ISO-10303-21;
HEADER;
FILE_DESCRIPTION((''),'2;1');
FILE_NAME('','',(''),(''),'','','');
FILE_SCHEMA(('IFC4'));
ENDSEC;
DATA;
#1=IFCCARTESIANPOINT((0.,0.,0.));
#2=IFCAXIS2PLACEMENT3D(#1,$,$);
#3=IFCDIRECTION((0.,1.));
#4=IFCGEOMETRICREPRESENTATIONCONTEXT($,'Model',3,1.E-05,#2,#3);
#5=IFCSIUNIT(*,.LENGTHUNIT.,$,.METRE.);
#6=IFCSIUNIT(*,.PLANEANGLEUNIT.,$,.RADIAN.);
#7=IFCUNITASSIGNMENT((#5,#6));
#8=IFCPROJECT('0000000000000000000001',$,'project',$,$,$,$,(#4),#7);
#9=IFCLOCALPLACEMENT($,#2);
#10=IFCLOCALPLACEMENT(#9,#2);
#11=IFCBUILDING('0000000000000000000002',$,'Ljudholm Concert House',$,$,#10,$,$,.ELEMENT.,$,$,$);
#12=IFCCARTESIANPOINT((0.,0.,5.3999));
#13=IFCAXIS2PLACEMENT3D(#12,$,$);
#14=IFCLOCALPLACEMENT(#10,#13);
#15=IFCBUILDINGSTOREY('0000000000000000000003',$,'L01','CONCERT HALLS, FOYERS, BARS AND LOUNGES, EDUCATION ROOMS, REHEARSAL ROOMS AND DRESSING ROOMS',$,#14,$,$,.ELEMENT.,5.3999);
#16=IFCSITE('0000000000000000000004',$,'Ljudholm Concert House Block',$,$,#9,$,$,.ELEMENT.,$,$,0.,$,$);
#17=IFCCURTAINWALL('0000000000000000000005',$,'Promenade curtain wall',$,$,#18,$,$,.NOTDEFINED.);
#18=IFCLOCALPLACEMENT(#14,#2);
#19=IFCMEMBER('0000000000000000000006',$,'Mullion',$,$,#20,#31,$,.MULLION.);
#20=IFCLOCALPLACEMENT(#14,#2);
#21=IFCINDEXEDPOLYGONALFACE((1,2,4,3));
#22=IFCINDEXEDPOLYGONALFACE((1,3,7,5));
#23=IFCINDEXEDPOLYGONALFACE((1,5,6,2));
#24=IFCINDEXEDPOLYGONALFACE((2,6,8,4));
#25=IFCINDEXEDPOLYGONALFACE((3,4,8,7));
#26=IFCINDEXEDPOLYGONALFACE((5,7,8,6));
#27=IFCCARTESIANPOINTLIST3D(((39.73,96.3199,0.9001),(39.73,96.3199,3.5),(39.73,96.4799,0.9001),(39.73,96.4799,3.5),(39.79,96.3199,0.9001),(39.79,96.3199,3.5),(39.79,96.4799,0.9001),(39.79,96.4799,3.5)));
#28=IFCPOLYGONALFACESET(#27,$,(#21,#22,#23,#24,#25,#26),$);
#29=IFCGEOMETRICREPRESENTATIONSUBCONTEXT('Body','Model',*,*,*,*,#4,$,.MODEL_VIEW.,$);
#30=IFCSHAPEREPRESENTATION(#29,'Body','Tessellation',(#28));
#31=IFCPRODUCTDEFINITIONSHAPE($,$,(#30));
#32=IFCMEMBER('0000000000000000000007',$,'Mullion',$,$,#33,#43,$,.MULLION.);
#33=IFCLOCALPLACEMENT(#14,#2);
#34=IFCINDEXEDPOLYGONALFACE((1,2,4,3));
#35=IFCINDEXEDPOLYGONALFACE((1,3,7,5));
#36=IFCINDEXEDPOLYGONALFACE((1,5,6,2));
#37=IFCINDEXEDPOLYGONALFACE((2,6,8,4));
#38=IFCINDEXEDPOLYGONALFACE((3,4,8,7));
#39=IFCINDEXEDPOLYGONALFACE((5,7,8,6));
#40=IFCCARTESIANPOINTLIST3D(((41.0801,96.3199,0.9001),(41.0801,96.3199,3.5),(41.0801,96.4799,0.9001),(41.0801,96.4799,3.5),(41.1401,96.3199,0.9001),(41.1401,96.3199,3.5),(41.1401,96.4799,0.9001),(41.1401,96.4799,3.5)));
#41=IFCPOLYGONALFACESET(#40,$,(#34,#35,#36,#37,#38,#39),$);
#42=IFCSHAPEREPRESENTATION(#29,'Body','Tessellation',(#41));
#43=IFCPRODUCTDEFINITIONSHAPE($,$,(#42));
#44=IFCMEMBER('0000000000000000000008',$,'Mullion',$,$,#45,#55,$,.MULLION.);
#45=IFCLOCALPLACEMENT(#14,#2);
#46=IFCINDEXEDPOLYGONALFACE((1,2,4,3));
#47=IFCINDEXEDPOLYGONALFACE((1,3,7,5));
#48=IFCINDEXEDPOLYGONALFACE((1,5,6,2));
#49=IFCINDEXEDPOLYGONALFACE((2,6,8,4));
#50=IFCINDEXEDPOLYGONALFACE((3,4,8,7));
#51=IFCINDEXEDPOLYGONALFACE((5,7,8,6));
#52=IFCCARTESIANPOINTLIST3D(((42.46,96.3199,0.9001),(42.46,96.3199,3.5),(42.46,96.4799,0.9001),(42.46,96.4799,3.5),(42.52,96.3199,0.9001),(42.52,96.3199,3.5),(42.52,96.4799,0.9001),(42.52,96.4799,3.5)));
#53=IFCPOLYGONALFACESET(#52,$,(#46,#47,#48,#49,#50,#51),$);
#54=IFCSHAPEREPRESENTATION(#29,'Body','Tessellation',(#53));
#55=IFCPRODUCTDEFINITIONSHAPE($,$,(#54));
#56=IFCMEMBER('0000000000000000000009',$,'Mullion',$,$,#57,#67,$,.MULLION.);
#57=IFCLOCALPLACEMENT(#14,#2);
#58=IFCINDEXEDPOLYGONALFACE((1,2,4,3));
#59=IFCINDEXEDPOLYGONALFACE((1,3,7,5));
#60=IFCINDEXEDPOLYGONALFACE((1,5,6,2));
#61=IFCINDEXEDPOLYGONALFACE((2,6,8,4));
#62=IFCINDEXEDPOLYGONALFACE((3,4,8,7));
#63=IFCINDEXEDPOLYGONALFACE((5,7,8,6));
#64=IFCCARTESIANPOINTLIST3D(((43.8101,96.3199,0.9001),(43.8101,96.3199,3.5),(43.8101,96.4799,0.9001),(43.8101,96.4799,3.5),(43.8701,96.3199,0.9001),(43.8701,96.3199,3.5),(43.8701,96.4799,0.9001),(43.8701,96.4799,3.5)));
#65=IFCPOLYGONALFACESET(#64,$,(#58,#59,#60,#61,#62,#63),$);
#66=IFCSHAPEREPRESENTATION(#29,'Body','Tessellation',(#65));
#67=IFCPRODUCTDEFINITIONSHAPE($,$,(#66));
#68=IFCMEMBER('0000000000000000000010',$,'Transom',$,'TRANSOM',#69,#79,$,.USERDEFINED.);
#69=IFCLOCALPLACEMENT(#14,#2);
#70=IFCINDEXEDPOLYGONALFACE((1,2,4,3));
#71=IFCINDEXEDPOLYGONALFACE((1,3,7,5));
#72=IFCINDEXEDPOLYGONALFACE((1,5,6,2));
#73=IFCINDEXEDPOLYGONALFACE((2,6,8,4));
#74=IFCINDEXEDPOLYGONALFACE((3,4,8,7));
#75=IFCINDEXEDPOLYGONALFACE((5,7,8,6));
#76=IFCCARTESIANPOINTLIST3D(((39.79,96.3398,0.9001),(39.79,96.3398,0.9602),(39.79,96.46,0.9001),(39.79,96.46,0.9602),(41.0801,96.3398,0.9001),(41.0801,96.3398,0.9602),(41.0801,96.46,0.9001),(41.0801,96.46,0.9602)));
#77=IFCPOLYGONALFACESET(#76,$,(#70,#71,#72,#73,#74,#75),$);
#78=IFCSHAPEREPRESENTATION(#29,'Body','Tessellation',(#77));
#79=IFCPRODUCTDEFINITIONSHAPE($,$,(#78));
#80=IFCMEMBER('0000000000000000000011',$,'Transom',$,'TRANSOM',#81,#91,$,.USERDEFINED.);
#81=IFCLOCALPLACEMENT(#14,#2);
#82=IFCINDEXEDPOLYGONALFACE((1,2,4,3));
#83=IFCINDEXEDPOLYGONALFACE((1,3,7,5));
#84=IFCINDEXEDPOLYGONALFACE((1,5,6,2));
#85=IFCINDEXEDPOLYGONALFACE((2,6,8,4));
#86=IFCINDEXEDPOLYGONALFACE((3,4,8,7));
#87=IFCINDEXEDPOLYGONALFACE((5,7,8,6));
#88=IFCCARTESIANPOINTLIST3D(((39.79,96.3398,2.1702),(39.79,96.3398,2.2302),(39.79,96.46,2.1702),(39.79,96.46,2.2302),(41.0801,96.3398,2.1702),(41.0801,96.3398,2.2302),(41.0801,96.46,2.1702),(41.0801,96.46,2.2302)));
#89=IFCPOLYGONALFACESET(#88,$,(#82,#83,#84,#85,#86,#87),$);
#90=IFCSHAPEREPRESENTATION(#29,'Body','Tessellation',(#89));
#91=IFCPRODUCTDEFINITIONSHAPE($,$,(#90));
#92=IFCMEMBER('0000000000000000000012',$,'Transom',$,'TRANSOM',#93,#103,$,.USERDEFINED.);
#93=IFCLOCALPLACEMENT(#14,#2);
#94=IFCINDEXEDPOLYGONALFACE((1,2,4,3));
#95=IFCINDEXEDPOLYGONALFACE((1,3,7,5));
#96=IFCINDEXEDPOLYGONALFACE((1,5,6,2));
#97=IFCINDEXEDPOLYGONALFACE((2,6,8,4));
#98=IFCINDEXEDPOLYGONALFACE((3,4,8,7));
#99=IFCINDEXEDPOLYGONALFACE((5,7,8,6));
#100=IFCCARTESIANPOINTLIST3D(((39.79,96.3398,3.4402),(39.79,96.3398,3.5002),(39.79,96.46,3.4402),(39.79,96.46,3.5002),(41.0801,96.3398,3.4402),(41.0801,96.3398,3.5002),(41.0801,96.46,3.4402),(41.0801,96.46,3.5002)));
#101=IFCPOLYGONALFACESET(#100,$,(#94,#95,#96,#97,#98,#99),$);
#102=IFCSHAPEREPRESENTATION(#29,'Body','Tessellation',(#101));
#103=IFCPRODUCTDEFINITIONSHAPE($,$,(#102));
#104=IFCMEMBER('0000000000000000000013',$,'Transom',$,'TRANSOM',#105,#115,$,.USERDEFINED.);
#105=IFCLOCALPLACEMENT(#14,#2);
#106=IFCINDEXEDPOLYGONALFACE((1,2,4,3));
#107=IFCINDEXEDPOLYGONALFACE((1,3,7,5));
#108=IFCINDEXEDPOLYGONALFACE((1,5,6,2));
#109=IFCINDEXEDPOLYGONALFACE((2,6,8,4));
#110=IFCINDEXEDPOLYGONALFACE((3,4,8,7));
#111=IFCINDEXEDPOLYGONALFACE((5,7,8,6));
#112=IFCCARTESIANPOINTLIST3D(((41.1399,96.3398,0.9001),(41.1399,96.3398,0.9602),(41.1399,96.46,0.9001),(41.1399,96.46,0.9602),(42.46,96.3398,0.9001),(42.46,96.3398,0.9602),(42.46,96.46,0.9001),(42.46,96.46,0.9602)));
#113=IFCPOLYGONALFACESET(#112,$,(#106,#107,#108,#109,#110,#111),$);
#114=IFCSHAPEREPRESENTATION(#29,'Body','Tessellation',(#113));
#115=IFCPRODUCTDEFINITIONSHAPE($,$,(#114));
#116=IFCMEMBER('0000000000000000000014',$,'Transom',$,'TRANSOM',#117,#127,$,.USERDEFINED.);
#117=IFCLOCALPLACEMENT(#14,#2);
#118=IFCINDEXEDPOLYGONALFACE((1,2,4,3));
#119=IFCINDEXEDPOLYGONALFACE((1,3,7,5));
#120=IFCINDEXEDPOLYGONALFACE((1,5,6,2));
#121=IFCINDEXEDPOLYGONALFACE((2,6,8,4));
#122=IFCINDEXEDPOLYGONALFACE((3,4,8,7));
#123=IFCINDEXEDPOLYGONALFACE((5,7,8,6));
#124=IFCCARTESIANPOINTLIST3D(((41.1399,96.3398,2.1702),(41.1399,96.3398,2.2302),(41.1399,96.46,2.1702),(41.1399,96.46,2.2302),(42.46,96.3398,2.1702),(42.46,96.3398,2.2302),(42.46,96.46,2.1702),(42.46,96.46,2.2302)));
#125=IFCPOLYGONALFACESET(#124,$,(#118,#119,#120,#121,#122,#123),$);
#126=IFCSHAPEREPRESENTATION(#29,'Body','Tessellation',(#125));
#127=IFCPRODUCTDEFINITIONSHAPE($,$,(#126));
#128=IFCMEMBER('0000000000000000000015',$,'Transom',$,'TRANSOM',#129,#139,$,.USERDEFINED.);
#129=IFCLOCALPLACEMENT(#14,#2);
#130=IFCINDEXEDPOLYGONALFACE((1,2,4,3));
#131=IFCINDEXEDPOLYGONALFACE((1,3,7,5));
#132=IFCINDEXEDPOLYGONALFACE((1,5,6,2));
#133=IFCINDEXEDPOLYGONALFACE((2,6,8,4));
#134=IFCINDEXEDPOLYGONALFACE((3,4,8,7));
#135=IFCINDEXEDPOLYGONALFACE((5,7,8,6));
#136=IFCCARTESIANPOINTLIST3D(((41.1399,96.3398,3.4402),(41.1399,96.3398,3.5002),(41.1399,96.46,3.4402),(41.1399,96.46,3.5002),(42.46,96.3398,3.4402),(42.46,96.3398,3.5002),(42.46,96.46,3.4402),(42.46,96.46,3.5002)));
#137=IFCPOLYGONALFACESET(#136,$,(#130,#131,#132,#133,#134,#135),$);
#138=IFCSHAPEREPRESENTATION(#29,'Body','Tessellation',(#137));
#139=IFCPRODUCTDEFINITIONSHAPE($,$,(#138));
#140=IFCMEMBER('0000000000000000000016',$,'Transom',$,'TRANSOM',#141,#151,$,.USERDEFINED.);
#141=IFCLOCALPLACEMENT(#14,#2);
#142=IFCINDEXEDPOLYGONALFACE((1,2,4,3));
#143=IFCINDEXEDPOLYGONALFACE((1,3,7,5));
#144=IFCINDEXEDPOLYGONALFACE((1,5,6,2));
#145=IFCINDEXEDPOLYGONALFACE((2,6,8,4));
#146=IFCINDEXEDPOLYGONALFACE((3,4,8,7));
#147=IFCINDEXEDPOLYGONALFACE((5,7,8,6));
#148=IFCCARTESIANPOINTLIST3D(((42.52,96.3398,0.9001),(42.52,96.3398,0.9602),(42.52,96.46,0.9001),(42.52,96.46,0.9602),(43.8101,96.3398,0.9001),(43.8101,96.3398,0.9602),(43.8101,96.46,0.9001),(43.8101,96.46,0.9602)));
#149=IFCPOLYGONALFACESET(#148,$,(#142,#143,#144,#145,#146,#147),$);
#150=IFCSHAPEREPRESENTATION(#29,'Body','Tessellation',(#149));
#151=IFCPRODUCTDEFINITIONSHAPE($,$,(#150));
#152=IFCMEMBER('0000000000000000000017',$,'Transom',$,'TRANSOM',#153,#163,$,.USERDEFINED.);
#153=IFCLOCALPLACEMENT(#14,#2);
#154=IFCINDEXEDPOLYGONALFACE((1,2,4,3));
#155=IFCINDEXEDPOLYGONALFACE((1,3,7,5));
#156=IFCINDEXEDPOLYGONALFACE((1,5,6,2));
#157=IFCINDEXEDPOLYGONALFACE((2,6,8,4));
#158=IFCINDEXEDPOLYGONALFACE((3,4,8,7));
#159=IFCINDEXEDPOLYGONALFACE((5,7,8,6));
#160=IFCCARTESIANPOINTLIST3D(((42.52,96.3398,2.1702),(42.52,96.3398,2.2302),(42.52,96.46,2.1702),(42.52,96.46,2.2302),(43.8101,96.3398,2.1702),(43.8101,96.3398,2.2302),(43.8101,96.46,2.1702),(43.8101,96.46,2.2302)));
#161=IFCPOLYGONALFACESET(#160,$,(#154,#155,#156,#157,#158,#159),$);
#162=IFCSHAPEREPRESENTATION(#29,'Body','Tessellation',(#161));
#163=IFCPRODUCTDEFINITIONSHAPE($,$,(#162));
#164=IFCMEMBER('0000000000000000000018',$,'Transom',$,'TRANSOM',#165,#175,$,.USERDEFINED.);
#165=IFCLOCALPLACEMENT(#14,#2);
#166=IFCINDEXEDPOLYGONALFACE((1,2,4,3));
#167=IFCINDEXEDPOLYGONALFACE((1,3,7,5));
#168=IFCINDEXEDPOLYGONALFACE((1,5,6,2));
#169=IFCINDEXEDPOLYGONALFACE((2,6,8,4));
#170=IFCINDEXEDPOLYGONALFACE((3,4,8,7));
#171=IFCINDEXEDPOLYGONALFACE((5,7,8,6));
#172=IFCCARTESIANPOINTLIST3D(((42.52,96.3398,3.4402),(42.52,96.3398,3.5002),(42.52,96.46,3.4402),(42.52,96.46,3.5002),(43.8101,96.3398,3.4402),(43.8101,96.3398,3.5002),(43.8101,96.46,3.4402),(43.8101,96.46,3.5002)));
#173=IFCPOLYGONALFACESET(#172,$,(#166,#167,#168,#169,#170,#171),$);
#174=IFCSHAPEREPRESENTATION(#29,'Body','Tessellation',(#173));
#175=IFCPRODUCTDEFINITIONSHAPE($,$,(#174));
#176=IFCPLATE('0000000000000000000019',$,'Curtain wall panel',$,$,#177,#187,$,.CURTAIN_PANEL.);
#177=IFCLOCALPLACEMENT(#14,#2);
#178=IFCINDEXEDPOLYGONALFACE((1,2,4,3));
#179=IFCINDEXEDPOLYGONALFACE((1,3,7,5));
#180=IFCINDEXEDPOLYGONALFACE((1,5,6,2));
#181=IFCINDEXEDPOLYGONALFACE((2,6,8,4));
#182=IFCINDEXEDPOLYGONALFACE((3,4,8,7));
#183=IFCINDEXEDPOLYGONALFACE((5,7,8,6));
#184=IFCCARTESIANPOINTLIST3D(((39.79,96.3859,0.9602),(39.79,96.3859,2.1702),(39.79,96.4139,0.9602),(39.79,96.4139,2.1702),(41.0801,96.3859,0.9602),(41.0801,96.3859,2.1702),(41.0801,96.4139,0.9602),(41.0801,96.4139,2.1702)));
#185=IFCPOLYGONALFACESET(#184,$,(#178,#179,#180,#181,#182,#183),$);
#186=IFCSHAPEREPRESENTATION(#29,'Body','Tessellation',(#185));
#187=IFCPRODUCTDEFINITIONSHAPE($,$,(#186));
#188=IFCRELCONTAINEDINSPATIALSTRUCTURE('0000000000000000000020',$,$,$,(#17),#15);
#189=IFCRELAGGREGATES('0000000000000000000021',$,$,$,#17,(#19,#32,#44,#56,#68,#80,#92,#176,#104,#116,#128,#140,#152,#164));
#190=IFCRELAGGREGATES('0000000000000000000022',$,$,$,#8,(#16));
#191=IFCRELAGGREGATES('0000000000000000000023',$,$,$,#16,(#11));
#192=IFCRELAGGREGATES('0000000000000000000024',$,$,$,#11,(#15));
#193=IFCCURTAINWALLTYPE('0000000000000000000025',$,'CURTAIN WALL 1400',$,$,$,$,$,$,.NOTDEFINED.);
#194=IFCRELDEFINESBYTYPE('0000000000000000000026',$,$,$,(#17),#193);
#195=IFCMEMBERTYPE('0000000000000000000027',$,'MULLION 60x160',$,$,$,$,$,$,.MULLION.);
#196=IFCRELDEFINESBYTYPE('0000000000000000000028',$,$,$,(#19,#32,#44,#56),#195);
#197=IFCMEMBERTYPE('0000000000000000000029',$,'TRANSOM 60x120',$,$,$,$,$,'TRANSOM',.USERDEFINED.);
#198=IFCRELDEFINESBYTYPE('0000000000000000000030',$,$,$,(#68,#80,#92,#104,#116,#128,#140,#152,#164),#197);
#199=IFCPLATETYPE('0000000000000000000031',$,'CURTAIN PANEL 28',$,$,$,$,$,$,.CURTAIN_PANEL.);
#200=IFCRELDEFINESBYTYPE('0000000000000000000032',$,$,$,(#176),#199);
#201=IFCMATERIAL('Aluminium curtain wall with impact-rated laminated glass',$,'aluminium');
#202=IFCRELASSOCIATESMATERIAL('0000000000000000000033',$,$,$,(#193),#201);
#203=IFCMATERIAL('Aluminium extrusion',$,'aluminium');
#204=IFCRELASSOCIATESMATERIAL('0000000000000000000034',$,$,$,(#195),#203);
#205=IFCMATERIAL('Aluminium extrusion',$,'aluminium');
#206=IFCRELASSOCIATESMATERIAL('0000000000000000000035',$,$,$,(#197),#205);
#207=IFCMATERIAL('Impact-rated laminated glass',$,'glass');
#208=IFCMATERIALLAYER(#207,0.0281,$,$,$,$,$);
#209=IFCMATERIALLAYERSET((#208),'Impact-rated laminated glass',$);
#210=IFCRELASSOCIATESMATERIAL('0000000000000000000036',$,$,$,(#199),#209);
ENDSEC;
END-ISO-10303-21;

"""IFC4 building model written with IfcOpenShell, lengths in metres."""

from ifc_helpers import new_model, si_unit, direction, frame, origin, origin_2d, place, context, subcontext, project, spatial, rectangle, extrude, material, layer, layer_set, material_profile, profile_set, type_object, element, aggregate, save


model = new_model("IFC4")

# Units and contexts
model_context = context("Model", 3, precision=1e-05, world=origin(), true_north=direction((0.0, 1.0)))
body_context = subcontext(model_context, "Body", "Model", "MODEL_VIEW")
ifc_project = project(units=[si_unit("LENGTHUNIT", "METRE"), si_unit("PLANEANGLEUNIT", "RADIAN")], contexts=[model_context])

# Site, building, storey
site_placement = place(None, origin())
site = spatial("IfcSite", under=ifc_project, at=site_placement, Name="Ljudholm Concert House Block", CompositionType="ELEMENT", RefElevation=0.0)
building_placement = place(site_placement, origin())
building = spatial("IfcBuilding", under=site, at=building_placement, Name="Ljudholm Concert House", CompositionType="ELEMENT")
storey_placement = place(building_placement, frame((0.0, 0.0, 5.3999)))
storey = spatial("IfcBuildingStorey", under=building, at=storey_placement, Name="L01", Description="CONCERT HALLS, FOYERS, BARS AND LOUNGES, EDUCATION ROOMS, REHEARSAL ROOMS AND DRESSING ROOMS", CompositionType="ELEMENT", Elevation=5.3999)

# Curtain wall, members, plate
ifc_material_1 = material(Name="Aluminium curtain wall with impact-rated laminated glass", Category="aluminium")
curtain_wall_type = type_object("IfcCurtainWallType", Name="CURTAIN WALL 1400", PredefinedType="NOTDEFINED", material=ifc_material_1)
curtain_wall_placement = place(storey_placement, origin())
curtain_wall = element("IfcCurtainWall", 1, at=curtain_wall_placement, inside=storey, type_object=curtain_wall_type, Name="Promenade curtain wall", PredefinedType="NOTDEFINED")
ifc_material_2 = material(Name="Aluminium extrusion", Category="aluminium")
ifc_material_profile_1 = material_profile(ifc_material_2, rectangle(XDim=0.1599, YDim=0.0601, at=origin_2d()), Name="MULLION 60x160")
ifc_profile_set_1 = profile_set([ifc_material_profile_1], Name="Aluminium extrusion")
member_type_1 = type_object("IfcMemberType", Name="MULLION 60x160", PredefinedType="MULLION", material=ifc_profile_set_1)
member_1_placement = place(storey_placement, frame((39.76, 96.3999, 0.9001), z_axis=(0.0, 0.0, 1.0), x_axis=(0.0, 1.0, 0.0)))
member_1 = element("IfcMember", 2, at=member_1_placement, type_object=member_type_1, Name="Mullion", PredefinedType="MULLION", context=body_context, shape_type="SweptSolid", body=[
    extrude(rectangle(XDim=0.1599, YDim=0.0601, at=origin_2d()), origin(), (0.0, 0.0, 1.0), 2.5999),
])
member_2_placement = place(storey_placement, frame((41.1101, 96.3999, 0.9001), z_axis=(0.0, 0.0, 1.0), x_axis=(0.0, 1.0, 0.0)))
member_2 = element("IfcMember", 3, at=member_2_placement, type_object=member_type_1, Name="Mullion", PredefinedType="MULLION", context=body_context, shape_type="SweptSolid", body=[
    extrude(rectangle(XDim=0.1599, YDim=0.0601, at=origin_2d()), origin(), (0.0, 0.0, 1.0), 2.5999),
])
member_3_placement = place(storey_placement, frame((42.49, 96.3999, 0.9001), z_axis=(0.0, 0.0, 1.0), x_axis=(0.0, 1.0, 0.0)))
member_3 = element("IfcMember", 4, at=member_3_placement, type_object=member_type_1, Name="Mullion", PredefinedType="MULLION", context=body_context, shape_type="SweptSolid", body=[
    extrude(rectangle(XDim=0.1599, YDim=0.0601, at=origin_2d()), origin(), (0.0, 0.0, 1.0), 2.5999),
])
member_4_placement = place(storey_placement, frame((43.8401, 96.3999, 0.9001), z_axis=(0.0, 0.0, 1.0), x_axis=(0.0, 1.0, 0.0)))
member_4 = element("IfcMember", 5, at=member_4_placement, type_object=member_type_1, Name="Mullion", PredefinedType="MULLION", context=body_context, shape_type="SweptSolid", body=[
    extrude(rectangle(XDim=0.1599, YDim=0.0601, at=origin_2d()), origin(), (0.0, 0.0, 1.0), 2.5999),
])
ifc_material_3 = material(Name="Aluminium extrusion", Category="aluminium")
ifc_material_profile_2 = material_profile(ifc_material_3, rectangle(XDim=0.1201, YDim=0.0601, at=origin_2d()), Name="TRANSOM 60x120")
ifc_profile_set_2 = profile_set([ifc_material_profile_2], Name="Aluminium extrusion")
member_type_2 = type_object("IfcMemberType", Name="TRANSOM 60x120", ElementType="TRANSOM", PredefinedType="USERDEFINED", material=ifc_profile_set_2)
member_5_placement = place(storey_placement, frame((39.79, 96.3999, 0.9302), z_axis=(1.0, 0.0, 0.0), x_axis=(0.0, 1.0, 0.0)))
member_5 = element("IfcMember", 6, at=member_5_placement, type_object=member_type_2, Name="Transom", ObjectType="TRANSOM", PredefinedType="USERDEFINED", context=body_context, shape_type="SweptSolid", body=[
    extrude(rectangle(XDim=0.1201, YDim=0.0601, at=origin_2d()), origin(), (0.0, 0.0, 1.0), 1.29),
])
member_6_placement = place(storey_placement, frame((39.79, 96.3999, 2.2002), z_axis=(1.0, 0.0, 0.0), x_axis=(0.0, 1.0, 0.0)))
member_6 = element("IfcMember", 7, at=member_6_placement, type_object=member_type_2, Name="Transom", ObjectType="TRANSOM", PredefinedType="USERDEFINED", context=body_context, shape_type="SweptSolid", body=[
    extrude(rectangle(XDim=0.1201, YDim=0.0601, at=origin_2d()), origin(), (0.0, 0.0, 1.0), 1.29),
])
member_7_placement = place(storey_placement, frame((39.79, 96.3999, 3.4702), z_axis=(1.0, 0.0, 0.0), x_axis=(0.0, 1.0, 0.0)))
member_7 = element("IfcMember", 8, at=member_7_placement, type_object=member_type_2, Name="Transom", ObjectType="TRANSOM", PredefinedType="USERDEFINED", context=body_context, shape_type="SweptSolid", body=[
    extrude(rectangle(XDim=0.1201, YDim=0.0601, at=origin_2d()), origin(), (0.0, 0.0, 1.0), 1.29),
])
member_8_placement = place(storey_placement, frame((41.1399, 96.3999, 0.9302), z_axis=(1.0, 0.0, 0.0), x_axis=(0.0, 1.0, 0.0)))
member_8 = element("IfcMember", 9, at=member_8_placement, type_object=member_type_2, Name="Transom", ObjectType="TRANSOM", PredefinedType="USERDEFINED", context=body_context, shape_type="SweptSolid", body=[
    extrude(rectangle(XDim=0.1201, YDim=0.0601, at=origin_2d()), origin(), (0.0, 0.0, 1.0), 1.3201),
])
member_9_placement = place(storey_placement, frame((41.1399, 96.3999, 2.2002), z_axis=(1.0, 0.0, 0.0), x_axis=(0.0, 1.0, 0.0)))
member_9 = element("IfcMember", 10, at=member_9_placement, type_object=member_type_2, Name="Transom", ObjectType="TRANSOM", PredefinedType="USERDEFINED", context=body_context, shape_type="SweptSolid", body=[
    extrude(rectangle(XDim=0.1201, YDim=0.0601, at=origin_2d()), origin(), (0.0, 0.0, 1.0), 1.3201),
])
member_10_placement = place(storey_placement, frame((41.1399, 96.3999, 3.4702), z_axis=(1.0, 0.0, 0.0), x_axis=(0.0, 1.0, 0.0)))
member_10 = element("IfcMember", 11, at=member_10_placement, type_object=member_type_2, Name="Transom", ObjectType="TRANSOM", PredefinedType="USERDEFINED", context=body_context, shape_type="SweptSolid", body=[
    extrude(rectangle(XDim=0.1201, YDim=0.0601, at=origin_2d()), origin(), (0.0, 0.0, 1.0), 1.3201),
])
member_11_placement = place(storey_placement, frame((42.52, 96.3999, 0.9302), z_axis=(1.0, 0.0, 0.0), x_axis=(0.0, 1.0, 0.0)))
member_11 = element("IfcMember", 12, at=member_11_placement, type_object=member_type_2, Name="Transom", ObjectType="TRANSOM", PredefinedType="USERDEFINED", context=body_context, shape_type="SweptSolid", body=[
    extrude(rectangle(XDim=0.1201, YDim=0.0601, at=origin_2d()), origin(), (0.0, 0.0, 1.0), 1.29),
])
member_12_placement = place(storey_placement, frame((42.52, 96.3999, 2.2002), z_axis=(1.0, 0.0, 0.0), x_axis=(0.0, 1.0, 0.0)))
member_12 = element("IfcMember", 13, at=member_12_placement, type_object=member_type_2, Name="Transom", ObjectType="TRANSOM", PredefinedType="USERDEFINED", context=body_context, shape_type="SweptSolid", body=[
    extrude(rectangle(XDim=0.1201, YDim=0.0601, at=origin_2d()), origin(), (0.0, 0.0, 1.0), 1.29),
])
member_13_placement = place(storey_placement, frame((42.52, 96.3999, 3.4702), z_axis=(1.0, 0.0, 0.0), x_axis=(0.0, 1.0, 0.0)))
member_13 = element("IfcMember", 14, at=member_13_placement, type_object=member_type_2, Name="Transom", ObjectType="TRANSOM", PredefinedType="USERDEFINED", context=body_context, shape_type="SweptSolid", body=[
    extrude(rectangle(XDim=0.1201, YDim=0.0601, at=origin_2d()), origin(), (0.0, 0.0, 1.0), 1.29),
])
ifc_material_4 = material(Name="Impact-rated laminated glass", Category="glass")
ifc_layer_1 = layer(ifc_material_4, 0.0281)
ifc_layer_set_1 = layer_set([ifc_layer_1], Name="Impact-rated laminated glass")
plate_type = type_object("IfcPlateType", Name="CURTAIN PANEL 28", PredefinedType="CURTAIN_PANEL", material=ifc_layer_set_1)
plate_1_placement = place(storey_placement, frame((40.4351, 96.3999, 0.9602), z_axis=(0.0, 0.0, 1.0), x_axis=(1.0, 0.0, 0.0)))
plate_1 = element("IfcPlate", 15, at=plate_1_placement, type_object=plate_type, Name="Curtain wall panel", PredefinedType="CURTAIN_PANEL", context=body_context, shape_type="SweptSolid", body=[
    extrude(rectangle(XDim=1.29, YDim=0.0281, at=origin_2d()), origin(), (0.0, 0.0, 1.0), 1.21),
])
aggregate(curtain_wall, [member_1, member_2, member_3, member_4, member_5, member_6, member_7, plate_1, member_8, member_9, member_10, member_11, member_12, member_13])

save(model, "model.ifc")
